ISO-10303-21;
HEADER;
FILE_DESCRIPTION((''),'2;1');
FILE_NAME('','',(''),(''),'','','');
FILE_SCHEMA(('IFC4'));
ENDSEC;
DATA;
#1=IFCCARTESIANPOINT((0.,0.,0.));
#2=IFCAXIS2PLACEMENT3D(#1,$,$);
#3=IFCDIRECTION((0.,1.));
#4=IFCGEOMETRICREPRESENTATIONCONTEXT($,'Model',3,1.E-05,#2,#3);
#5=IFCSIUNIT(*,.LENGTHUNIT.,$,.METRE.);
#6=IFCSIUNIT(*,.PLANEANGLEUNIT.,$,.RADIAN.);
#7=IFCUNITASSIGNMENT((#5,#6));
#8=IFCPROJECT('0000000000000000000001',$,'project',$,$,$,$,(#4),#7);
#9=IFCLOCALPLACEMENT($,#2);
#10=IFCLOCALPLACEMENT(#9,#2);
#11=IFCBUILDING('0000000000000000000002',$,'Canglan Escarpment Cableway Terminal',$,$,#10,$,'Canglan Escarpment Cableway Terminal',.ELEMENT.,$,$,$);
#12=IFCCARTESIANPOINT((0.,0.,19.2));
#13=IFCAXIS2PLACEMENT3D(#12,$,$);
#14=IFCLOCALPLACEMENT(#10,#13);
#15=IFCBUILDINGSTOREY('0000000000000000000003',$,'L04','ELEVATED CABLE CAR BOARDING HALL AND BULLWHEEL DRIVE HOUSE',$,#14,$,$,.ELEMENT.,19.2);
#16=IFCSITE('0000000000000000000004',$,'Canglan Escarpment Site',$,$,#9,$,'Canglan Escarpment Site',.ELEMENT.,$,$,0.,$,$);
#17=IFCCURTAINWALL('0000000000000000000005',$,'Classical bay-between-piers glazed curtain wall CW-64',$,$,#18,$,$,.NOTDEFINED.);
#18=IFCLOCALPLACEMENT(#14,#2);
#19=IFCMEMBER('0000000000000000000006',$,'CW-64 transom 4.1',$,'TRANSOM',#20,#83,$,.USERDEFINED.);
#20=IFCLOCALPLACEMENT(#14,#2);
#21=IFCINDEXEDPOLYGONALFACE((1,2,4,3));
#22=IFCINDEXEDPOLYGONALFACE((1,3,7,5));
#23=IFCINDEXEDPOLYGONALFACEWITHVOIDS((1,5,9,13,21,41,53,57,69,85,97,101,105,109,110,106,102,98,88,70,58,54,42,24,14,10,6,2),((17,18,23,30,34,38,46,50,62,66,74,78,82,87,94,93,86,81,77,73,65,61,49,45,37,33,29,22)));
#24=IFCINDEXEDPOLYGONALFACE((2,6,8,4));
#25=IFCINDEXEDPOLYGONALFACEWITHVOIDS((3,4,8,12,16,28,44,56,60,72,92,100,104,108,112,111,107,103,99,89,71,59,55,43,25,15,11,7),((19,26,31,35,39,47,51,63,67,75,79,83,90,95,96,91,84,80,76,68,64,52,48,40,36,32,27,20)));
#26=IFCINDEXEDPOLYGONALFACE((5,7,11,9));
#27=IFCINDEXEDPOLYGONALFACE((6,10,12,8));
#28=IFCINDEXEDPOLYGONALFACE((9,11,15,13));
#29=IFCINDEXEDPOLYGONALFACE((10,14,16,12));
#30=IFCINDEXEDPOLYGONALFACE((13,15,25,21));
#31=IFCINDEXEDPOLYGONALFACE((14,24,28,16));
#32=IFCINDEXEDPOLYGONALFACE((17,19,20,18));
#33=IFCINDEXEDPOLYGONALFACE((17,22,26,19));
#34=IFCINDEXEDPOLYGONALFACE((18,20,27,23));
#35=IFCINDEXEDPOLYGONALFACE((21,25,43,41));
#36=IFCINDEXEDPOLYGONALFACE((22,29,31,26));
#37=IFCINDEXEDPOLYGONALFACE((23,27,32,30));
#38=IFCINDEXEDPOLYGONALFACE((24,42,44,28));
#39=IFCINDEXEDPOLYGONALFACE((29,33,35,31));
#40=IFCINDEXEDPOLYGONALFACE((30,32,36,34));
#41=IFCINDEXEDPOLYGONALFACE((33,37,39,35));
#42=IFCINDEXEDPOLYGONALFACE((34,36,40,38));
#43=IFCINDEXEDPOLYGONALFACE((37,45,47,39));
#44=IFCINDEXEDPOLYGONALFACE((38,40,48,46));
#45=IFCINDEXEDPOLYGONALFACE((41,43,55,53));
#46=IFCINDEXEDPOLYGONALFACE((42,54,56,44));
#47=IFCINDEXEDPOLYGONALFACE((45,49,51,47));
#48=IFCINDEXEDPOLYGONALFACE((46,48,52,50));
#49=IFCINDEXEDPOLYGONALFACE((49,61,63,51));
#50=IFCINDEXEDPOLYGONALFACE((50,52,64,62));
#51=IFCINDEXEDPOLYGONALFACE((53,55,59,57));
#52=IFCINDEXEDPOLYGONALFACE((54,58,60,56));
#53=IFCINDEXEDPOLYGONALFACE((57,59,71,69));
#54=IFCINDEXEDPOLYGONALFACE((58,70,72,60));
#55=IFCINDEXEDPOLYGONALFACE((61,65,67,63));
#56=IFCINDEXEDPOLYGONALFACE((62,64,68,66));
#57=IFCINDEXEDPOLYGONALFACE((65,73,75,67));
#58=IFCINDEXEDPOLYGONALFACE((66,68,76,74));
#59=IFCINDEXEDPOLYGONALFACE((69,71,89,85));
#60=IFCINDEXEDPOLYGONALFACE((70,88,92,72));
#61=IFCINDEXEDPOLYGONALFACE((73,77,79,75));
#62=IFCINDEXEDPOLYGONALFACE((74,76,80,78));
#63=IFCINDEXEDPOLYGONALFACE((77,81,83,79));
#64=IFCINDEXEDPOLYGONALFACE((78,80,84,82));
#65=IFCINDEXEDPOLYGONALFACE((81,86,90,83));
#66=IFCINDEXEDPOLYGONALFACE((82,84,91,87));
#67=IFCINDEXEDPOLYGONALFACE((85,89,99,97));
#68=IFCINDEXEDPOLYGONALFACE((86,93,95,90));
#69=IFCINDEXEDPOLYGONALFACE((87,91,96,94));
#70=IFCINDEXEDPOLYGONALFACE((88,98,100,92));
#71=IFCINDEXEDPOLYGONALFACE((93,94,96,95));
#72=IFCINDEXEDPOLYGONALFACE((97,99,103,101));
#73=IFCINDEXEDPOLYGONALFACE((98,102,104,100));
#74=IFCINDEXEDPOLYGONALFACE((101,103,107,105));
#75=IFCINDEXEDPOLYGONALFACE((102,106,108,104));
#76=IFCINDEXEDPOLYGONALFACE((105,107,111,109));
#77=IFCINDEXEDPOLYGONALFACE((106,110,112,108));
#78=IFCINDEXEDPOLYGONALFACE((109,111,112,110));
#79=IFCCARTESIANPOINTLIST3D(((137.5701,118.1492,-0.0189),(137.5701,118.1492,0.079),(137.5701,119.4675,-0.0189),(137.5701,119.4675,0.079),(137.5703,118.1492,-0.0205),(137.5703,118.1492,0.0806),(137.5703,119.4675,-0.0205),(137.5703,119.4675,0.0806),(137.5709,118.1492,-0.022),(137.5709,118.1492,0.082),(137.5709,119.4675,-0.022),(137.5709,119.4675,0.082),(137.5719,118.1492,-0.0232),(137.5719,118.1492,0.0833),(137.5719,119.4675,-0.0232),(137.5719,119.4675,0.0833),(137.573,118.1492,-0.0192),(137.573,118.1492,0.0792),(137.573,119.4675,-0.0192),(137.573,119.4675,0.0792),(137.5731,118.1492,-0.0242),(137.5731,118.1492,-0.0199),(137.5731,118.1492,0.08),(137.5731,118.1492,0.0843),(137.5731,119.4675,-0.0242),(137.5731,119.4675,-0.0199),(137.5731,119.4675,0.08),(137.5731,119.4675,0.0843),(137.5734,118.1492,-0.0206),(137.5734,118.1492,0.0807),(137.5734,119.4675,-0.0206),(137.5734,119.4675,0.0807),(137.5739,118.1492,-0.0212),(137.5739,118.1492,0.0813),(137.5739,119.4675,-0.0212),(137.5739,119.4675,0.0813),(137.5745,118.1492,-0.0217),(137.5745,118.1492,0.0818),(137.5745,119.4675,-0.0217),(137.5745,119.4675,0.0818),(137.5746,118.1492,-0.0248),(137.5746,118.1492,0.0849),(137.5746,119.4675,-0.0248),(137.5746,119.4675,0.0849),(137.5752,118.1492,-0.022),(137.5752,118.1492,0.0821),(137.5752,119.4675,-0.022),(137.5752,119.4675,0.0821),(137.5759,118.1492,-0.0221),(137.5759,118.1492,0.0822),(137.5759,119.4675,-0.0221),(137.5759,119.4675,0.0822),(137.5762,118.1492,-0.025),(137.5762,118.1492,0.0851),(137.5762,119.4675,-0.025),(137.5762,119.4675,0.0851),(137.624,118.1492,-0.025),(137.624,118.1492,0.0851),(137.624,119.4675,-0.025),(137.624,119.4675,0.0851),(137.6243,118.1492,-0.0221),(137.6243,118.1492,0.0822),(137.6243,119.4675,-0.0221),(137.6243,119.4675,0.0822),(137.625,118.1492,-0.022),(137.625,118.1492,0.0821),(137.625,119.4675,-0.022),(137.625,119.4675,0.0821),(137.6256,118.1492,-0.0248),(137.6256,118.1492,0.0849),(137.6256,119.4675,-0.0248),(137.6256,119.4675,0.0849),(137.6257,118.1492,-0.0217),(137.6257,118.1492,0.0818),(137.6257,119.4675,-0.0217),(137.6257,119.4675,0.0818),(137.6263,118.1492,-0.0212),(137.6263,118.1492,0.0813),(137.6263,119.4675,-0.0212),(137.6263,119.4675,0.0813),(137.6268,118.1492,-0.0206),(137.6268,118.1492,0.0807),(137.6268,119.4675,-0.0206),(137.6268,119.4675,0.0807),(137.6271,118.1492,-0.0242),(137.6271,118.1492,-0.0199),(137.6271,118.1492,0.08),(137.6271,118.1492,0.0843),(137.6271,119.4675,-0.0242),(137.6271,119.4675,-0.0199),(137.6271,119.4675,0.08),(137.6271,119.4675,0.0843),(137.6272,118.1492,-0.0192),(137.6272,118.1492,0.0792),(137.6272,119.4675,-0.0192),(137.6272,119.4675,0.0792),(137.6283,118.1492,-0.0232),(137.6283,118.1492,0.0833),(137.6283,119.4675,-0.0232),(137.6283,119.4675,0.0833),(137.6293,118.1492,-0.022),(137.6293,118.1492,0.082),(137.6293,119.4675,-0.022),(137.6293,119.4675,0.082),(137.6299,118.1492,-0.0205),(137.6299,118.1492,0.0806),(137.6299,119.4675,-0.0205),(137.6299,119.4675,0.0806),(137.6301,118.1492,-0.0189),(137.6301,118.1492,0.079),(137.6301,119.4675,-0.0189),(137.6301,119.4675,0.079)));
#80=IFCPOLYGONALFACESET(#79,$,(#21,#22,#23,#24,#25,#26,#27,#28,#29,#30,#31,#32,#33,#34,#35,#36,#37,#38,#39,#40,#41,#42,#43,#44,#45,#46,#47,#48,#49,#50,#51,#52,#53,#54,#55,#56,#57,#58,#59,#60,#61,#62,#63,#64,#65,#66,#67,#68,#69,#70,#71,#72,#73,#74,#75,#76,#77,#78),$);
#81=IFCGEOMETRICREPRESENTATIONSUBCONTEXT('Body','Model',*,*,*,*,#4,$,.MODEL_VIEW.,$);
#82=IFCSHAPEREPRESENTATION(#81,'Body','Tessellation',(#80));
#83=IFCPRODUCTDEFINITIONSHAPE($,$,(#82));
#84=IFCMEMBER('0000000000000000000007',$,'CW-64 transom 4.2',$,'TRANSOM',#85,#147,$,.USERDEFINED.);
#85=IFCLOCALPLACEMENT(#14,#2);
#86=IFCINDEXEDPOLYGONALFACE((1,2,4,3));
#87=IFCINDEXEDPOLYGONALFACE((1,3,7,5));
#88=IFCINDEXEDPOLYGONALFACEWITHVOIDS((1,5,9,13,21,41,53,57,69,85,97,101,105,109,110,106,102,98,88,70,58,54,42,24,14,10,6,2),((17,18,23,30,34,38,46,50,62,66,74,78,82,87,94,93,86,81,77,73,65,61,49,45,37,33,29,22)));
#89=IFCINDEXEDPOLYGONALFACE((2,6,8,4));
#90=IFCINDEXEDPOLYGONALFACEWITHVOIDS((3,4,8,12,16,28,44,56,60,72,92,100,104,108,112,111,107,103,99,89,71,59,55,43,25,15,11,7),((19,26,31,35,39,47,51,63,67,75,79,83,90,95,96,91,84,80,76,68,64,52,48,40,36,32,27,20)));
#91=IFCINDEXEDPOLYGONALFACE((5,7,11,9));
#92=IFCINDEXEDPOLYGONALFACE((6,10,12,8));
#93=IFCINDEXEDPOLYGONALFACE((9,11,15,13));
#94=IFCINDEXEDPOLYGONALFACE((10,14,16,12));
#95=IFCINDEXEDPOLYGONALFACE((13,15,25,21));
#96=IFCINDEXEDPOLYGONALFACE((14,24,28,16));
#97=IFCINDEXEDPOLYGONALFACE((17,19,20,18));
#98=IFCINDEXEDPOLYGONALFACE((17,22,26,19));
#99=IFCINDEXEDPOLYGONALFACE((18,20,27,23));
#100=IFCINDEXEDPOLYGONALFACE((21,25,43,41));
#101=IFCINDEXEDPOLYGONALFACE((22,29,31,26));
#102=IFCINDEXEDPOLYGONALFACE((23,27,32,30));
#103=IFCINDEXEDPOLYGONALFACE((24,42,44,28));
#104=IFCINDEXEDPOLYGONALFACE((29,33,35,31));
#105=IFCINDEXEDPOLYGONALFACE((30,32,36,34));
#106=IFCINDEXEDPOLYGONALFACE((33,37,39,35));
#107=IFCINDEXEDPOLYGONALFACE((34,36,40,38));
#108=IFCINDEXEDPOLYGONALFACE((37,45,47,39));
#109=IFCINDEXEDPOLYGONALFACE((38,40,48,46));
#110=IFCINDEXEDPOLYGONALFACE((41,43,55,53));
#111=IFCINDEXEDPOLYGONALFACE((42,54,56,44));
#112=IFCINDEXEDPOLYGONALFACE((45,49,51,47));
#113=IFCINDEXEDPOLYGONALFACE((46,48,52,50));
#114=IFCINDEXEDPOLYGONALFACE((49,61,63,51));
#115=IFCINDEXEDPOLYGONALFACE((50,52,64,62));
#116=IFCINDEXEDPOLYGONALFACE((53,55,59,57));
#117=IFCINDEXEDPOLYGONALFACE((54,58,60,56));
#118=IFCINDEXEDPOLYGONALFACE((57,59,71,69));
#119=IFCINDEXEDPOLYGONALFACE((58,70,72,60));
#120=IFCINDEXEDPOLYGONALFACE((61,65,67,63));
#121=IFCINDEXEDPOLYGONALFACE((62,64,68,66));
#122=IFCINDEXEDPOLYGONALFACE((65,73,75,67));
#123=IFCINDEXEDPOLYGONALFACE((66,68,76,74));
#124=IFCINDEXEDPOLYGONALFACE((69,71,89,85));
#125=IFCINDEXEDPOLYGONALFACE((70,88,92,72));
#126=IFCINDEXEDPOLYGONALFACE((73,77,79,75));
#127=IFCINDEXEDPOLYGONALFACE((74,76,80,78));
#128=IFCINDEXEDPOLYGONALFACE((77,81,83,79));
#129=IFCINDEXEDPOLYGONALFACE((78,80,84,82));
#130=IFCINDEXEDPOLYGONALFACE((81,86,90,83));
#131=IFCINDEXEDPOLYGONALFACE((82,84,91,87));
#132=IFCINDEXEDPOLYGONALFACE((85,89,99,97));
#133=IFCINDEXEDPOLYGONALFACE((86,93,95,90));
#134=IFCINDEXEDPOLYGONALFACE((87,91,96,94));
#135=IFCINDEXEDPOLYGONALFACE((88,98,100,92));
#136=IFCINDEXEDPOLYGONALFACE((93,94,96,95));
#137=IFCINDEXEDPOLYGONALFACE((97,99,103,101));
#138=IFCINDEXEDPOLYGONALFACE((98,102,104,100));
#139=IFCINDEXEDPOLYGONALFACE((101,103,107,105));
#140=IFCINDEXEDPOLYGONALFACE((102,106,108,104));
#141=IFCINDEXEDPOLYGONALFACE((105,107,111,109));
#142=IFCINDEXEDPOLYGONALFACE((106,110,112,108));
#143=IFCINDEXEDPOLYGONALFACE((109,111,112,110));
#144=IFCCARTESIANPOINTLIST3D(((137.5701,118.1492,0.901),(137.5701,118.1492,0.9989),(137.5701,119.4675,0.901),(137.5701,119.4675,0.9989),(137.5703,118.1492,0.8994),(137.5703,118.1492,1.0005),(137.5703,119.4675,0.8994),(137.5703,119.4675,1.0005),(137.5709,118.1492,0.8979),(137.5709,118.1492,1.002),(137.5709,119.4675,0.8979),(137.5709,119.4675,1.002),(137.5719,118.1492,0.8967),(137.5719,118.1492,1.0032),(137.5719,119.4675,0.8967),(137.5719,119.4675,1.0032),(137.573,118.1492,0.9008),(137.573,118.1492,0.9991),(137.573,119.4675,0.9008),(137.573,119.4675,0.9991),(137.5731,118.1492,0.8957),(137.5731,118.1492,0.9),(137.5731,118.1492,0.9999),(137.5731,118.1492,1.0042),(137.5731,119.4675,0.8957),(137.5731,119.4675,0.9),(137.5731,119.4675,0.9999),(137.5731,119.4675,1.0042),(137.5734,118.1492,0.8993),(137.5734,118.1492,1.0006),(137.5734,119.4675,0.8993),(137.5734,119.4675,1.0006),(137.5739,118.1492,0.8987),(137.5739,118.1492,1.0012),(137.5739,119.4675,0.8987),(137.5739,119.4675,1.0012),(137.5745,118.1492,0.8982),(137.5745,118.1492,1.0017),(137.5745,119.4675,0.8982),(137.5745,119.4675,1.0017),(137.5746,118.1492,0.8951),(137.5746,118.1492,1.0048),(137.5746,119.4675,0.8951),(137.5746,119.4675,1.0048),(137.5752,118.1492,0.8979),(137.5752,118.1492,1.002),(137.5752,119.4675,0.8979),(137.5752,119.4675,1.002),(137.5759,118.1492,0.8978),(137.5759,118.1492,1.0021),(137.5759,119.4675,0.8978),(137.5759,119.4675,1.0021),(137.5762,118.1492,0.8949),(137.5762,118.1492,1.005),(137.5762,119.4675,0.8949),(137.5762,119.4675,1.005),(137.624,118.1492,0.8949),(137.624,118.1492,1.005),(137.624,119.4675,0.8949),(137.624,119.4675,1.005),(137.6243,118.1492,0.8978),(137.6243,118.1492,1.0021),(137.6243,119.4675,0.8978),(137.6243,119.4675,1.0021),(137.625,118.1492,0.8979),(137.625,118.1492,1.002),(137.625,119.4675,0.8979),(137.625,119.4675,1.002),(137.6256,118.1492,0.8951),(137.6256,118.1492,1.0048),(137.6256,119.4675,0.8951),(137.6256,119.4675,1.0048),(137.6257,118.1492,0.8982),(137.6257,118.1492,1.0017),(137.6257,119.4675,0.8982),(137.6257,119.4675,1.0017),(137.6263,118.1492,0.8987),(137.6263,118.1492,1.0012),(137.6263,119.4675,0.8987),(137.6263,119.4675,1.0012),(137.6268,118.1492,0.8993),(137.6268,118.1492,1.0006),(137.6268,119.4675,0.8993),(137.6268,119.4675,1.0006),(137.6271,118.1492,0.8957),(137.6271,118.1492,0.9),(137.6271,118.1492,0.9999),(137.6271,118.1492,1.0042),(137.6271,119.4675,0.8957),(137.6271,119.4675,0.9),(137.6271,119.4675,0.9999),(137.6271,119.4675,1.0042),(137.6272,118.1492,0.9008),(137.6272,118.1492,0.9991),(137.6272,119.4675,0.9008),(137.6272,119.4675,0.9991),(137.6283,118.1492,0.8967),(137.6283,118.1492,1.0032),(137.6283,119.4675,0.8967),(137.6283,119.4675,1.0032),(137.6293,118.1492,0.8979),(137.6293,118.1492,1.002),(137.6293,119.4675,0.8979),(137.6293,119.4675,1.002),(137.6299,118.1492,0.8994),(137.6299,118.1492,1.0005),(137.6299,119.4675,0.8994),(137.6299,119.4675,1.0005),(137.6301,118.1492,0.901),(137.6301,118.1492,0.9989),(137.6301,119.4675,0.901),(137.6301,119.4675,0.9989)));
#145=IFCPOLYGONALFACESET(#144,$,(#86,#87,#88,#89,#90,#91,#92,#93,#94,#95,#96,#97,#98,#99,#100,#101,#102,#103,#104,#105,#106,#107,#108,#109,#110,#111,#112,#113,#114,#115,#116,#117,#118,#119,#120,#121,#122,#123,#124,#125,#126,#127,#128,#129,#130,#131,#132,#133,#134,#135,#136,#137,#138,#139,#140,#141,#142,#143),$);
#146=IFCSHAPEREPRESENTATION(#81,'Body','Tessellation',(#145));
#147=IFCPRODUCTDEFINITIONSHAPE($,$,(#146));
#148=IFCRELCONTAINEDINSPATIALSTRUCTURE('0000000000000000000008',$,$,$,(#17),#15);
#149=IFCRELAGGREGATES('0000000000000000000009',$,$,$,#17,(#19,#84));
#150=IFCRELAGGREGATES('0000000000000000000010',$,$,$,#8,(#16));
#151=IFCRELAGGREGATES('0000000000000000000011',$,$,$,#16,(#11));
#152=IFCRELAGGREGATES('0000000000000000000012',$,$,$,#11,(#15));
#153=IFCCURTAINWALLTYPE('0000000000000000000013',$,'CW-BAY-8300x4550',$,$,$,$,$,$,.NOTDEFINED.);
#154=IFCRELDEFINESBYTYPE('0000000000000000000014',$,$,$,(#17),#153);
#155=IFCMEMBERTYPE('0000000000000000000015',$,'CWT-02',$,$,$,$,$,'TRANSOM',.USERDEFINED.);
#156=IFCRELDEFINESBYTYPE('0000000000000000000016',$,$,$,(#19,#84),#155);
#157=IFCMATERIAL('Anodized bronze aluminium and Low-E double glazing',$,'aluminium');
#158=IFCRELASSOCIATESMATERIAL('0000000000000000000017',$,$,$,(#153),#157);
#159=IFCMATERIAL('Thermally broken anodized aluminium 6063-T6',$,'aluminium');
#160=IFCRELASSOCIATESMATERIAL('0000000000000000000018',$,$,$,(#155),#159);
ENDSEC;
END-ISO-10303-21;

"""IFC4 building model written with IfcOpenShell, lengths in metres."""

from ifc_helpers import new_model, si_unit, direction, frame, origin, origin_2d, place, context, subcontext, project, spatial, hollow_rectangle, extrude, material, material_profile, profile_set, type_object, element, aggregate, save


model = new_model("IFC4")

# Units and contexts
model_context = context("Model", 3, precision=1e-05, world=origin(), true_north=direction((0.0, 1.0)))
body_context = subcontext(model_context, "Body", "Model", "MODEL_VIEW")
ifc_project = project(units=[si_unit("LENGTHUNIT", "METRE"), si_unit("PLANEANGLEUNIT", "RADIAN")], contexts=[model_context])

# Site, building, storey
site_placement = place(None, origin())
site = spatial("IfcSite", under=ifc_project, at=site_placement, Name="Canglan Escarpment Site", LongName="Canglan Escarpment Site", CompositionType="ELEMENT", RefElevation=0.0)
building_placement = place(site_placement, origin())
building = spatial("IfcBuilding", under=site, at=building_placement, Name="Canglan Escarpment Cableway Terminal", LongName="Canglan Escarpment Cableway Terminal", CompositionType="ELEMENT")
storey_placement = place(building_placement, frame((0.0, 0.0, 19.2)))
storey = spatial("IfcBuildingStorey", under=building, at=storey_placement, Name="L04", Description="ELEVATED CABLE CAR BOARDING HALL AND BULLWHEEL DRIVE HOUSE", CompositionType="ELEMENT", Elevation=19.2)

# Curtain wall, members
ifc_material_1 = material(Name="Anodized bronze aluminium and Low-E double glazing", Category="aluminium")
curtain_wall_type = type_object("IfcCurtainWallType", Name="CW-BAY-8300x4550", PredefinedType="NOTDEFINED", material=ifc_material_1)
curtain_wall_placement = place(storey_placement, origin())
curtain_wall = element("IfcCurtainWall", 1, at=curtain_wall_placement, inside=storey, type_object=curtain_wall_type, Name="Classical bay-between-piers glazed curtain wall CW-64", PredefinedType="NOTDEFINED")
ifc_material_2 = material(Name="Thermally broken anodized aluminium 6063-T6", Category="aluminium")
ifc_material_profile_1 = material_profile(ifc_material_2, hollow_rectangle(XDim=0.0601, YDim=0.1101, WallThickness=0.0029, InnerFilletRadius=0.0029, OuterFilletRadius=0.0061, at=origin_2d()), Name="ALU-TRAN 60x110x3")
ifc_profile_set_1 = profile_set([ifc_material_profile_1], Name="Thermally broken anodized aluminium 6063-T6")
member_type_1 = type_object("IfcMemberType", Name="CWT-02", ElementType="TRANSOM", PredefinedType="USERDEFINED", material=ifc_profile_set_1)
member_1_placement = place(storey_placement, frame((137.6001, 119.4675, 0.03), z_axis=(0.0, -1.0, 0.0), x_axis=(1.0, 0.0, 0.0)))
member_1 = element("IfcMember", 2, at=member_1_placement, type_object=member_type_1, Name="CW-64 transom 4.1", ObjectType="TRANSOM", PredefinedType="USERDEFINED", context=body_context, shape_type="SweptSolid", body=[
    extrude(hollow_rectangle(XDim=0.0601, YDim=0.1101, WallThickness=0.0029, InnerFilletRadius=0.0029, OuterFilletRadius=0.0061, at=origin_2d()), origin(), (0.0, 0.0, 1.0), 1.3184),
])
member_2_placement = place(storey_placement, frame((137.6001, 119.4675, 0.95), z_axis=(0.0, -1.0, 0.0), x_axis=(1.0, 0.0, 0.0)))
member_2 = element("IfcMember", 3, at=member_2_placement, type_object=member_type_1, Name="CW-64 transom 4.2", ObjectType="TRANSOM", PredefinedType="USERDEFINED", context=body_context, shape_type="SweptSolid", body=[
    extrude(hollow_rectangle(XDim=0.0601, YDim=0.1101, WallThickness=0.0029, InnerFilletRadius=0.0029, OuterFilletRadius=0.0061, at=origin_2d()), origin(), (0.0, 0.0, 1.0), 1.3184),
])
aggregate(curtain_wall, [member_1, member_2])

save(model, "model.ifc")
